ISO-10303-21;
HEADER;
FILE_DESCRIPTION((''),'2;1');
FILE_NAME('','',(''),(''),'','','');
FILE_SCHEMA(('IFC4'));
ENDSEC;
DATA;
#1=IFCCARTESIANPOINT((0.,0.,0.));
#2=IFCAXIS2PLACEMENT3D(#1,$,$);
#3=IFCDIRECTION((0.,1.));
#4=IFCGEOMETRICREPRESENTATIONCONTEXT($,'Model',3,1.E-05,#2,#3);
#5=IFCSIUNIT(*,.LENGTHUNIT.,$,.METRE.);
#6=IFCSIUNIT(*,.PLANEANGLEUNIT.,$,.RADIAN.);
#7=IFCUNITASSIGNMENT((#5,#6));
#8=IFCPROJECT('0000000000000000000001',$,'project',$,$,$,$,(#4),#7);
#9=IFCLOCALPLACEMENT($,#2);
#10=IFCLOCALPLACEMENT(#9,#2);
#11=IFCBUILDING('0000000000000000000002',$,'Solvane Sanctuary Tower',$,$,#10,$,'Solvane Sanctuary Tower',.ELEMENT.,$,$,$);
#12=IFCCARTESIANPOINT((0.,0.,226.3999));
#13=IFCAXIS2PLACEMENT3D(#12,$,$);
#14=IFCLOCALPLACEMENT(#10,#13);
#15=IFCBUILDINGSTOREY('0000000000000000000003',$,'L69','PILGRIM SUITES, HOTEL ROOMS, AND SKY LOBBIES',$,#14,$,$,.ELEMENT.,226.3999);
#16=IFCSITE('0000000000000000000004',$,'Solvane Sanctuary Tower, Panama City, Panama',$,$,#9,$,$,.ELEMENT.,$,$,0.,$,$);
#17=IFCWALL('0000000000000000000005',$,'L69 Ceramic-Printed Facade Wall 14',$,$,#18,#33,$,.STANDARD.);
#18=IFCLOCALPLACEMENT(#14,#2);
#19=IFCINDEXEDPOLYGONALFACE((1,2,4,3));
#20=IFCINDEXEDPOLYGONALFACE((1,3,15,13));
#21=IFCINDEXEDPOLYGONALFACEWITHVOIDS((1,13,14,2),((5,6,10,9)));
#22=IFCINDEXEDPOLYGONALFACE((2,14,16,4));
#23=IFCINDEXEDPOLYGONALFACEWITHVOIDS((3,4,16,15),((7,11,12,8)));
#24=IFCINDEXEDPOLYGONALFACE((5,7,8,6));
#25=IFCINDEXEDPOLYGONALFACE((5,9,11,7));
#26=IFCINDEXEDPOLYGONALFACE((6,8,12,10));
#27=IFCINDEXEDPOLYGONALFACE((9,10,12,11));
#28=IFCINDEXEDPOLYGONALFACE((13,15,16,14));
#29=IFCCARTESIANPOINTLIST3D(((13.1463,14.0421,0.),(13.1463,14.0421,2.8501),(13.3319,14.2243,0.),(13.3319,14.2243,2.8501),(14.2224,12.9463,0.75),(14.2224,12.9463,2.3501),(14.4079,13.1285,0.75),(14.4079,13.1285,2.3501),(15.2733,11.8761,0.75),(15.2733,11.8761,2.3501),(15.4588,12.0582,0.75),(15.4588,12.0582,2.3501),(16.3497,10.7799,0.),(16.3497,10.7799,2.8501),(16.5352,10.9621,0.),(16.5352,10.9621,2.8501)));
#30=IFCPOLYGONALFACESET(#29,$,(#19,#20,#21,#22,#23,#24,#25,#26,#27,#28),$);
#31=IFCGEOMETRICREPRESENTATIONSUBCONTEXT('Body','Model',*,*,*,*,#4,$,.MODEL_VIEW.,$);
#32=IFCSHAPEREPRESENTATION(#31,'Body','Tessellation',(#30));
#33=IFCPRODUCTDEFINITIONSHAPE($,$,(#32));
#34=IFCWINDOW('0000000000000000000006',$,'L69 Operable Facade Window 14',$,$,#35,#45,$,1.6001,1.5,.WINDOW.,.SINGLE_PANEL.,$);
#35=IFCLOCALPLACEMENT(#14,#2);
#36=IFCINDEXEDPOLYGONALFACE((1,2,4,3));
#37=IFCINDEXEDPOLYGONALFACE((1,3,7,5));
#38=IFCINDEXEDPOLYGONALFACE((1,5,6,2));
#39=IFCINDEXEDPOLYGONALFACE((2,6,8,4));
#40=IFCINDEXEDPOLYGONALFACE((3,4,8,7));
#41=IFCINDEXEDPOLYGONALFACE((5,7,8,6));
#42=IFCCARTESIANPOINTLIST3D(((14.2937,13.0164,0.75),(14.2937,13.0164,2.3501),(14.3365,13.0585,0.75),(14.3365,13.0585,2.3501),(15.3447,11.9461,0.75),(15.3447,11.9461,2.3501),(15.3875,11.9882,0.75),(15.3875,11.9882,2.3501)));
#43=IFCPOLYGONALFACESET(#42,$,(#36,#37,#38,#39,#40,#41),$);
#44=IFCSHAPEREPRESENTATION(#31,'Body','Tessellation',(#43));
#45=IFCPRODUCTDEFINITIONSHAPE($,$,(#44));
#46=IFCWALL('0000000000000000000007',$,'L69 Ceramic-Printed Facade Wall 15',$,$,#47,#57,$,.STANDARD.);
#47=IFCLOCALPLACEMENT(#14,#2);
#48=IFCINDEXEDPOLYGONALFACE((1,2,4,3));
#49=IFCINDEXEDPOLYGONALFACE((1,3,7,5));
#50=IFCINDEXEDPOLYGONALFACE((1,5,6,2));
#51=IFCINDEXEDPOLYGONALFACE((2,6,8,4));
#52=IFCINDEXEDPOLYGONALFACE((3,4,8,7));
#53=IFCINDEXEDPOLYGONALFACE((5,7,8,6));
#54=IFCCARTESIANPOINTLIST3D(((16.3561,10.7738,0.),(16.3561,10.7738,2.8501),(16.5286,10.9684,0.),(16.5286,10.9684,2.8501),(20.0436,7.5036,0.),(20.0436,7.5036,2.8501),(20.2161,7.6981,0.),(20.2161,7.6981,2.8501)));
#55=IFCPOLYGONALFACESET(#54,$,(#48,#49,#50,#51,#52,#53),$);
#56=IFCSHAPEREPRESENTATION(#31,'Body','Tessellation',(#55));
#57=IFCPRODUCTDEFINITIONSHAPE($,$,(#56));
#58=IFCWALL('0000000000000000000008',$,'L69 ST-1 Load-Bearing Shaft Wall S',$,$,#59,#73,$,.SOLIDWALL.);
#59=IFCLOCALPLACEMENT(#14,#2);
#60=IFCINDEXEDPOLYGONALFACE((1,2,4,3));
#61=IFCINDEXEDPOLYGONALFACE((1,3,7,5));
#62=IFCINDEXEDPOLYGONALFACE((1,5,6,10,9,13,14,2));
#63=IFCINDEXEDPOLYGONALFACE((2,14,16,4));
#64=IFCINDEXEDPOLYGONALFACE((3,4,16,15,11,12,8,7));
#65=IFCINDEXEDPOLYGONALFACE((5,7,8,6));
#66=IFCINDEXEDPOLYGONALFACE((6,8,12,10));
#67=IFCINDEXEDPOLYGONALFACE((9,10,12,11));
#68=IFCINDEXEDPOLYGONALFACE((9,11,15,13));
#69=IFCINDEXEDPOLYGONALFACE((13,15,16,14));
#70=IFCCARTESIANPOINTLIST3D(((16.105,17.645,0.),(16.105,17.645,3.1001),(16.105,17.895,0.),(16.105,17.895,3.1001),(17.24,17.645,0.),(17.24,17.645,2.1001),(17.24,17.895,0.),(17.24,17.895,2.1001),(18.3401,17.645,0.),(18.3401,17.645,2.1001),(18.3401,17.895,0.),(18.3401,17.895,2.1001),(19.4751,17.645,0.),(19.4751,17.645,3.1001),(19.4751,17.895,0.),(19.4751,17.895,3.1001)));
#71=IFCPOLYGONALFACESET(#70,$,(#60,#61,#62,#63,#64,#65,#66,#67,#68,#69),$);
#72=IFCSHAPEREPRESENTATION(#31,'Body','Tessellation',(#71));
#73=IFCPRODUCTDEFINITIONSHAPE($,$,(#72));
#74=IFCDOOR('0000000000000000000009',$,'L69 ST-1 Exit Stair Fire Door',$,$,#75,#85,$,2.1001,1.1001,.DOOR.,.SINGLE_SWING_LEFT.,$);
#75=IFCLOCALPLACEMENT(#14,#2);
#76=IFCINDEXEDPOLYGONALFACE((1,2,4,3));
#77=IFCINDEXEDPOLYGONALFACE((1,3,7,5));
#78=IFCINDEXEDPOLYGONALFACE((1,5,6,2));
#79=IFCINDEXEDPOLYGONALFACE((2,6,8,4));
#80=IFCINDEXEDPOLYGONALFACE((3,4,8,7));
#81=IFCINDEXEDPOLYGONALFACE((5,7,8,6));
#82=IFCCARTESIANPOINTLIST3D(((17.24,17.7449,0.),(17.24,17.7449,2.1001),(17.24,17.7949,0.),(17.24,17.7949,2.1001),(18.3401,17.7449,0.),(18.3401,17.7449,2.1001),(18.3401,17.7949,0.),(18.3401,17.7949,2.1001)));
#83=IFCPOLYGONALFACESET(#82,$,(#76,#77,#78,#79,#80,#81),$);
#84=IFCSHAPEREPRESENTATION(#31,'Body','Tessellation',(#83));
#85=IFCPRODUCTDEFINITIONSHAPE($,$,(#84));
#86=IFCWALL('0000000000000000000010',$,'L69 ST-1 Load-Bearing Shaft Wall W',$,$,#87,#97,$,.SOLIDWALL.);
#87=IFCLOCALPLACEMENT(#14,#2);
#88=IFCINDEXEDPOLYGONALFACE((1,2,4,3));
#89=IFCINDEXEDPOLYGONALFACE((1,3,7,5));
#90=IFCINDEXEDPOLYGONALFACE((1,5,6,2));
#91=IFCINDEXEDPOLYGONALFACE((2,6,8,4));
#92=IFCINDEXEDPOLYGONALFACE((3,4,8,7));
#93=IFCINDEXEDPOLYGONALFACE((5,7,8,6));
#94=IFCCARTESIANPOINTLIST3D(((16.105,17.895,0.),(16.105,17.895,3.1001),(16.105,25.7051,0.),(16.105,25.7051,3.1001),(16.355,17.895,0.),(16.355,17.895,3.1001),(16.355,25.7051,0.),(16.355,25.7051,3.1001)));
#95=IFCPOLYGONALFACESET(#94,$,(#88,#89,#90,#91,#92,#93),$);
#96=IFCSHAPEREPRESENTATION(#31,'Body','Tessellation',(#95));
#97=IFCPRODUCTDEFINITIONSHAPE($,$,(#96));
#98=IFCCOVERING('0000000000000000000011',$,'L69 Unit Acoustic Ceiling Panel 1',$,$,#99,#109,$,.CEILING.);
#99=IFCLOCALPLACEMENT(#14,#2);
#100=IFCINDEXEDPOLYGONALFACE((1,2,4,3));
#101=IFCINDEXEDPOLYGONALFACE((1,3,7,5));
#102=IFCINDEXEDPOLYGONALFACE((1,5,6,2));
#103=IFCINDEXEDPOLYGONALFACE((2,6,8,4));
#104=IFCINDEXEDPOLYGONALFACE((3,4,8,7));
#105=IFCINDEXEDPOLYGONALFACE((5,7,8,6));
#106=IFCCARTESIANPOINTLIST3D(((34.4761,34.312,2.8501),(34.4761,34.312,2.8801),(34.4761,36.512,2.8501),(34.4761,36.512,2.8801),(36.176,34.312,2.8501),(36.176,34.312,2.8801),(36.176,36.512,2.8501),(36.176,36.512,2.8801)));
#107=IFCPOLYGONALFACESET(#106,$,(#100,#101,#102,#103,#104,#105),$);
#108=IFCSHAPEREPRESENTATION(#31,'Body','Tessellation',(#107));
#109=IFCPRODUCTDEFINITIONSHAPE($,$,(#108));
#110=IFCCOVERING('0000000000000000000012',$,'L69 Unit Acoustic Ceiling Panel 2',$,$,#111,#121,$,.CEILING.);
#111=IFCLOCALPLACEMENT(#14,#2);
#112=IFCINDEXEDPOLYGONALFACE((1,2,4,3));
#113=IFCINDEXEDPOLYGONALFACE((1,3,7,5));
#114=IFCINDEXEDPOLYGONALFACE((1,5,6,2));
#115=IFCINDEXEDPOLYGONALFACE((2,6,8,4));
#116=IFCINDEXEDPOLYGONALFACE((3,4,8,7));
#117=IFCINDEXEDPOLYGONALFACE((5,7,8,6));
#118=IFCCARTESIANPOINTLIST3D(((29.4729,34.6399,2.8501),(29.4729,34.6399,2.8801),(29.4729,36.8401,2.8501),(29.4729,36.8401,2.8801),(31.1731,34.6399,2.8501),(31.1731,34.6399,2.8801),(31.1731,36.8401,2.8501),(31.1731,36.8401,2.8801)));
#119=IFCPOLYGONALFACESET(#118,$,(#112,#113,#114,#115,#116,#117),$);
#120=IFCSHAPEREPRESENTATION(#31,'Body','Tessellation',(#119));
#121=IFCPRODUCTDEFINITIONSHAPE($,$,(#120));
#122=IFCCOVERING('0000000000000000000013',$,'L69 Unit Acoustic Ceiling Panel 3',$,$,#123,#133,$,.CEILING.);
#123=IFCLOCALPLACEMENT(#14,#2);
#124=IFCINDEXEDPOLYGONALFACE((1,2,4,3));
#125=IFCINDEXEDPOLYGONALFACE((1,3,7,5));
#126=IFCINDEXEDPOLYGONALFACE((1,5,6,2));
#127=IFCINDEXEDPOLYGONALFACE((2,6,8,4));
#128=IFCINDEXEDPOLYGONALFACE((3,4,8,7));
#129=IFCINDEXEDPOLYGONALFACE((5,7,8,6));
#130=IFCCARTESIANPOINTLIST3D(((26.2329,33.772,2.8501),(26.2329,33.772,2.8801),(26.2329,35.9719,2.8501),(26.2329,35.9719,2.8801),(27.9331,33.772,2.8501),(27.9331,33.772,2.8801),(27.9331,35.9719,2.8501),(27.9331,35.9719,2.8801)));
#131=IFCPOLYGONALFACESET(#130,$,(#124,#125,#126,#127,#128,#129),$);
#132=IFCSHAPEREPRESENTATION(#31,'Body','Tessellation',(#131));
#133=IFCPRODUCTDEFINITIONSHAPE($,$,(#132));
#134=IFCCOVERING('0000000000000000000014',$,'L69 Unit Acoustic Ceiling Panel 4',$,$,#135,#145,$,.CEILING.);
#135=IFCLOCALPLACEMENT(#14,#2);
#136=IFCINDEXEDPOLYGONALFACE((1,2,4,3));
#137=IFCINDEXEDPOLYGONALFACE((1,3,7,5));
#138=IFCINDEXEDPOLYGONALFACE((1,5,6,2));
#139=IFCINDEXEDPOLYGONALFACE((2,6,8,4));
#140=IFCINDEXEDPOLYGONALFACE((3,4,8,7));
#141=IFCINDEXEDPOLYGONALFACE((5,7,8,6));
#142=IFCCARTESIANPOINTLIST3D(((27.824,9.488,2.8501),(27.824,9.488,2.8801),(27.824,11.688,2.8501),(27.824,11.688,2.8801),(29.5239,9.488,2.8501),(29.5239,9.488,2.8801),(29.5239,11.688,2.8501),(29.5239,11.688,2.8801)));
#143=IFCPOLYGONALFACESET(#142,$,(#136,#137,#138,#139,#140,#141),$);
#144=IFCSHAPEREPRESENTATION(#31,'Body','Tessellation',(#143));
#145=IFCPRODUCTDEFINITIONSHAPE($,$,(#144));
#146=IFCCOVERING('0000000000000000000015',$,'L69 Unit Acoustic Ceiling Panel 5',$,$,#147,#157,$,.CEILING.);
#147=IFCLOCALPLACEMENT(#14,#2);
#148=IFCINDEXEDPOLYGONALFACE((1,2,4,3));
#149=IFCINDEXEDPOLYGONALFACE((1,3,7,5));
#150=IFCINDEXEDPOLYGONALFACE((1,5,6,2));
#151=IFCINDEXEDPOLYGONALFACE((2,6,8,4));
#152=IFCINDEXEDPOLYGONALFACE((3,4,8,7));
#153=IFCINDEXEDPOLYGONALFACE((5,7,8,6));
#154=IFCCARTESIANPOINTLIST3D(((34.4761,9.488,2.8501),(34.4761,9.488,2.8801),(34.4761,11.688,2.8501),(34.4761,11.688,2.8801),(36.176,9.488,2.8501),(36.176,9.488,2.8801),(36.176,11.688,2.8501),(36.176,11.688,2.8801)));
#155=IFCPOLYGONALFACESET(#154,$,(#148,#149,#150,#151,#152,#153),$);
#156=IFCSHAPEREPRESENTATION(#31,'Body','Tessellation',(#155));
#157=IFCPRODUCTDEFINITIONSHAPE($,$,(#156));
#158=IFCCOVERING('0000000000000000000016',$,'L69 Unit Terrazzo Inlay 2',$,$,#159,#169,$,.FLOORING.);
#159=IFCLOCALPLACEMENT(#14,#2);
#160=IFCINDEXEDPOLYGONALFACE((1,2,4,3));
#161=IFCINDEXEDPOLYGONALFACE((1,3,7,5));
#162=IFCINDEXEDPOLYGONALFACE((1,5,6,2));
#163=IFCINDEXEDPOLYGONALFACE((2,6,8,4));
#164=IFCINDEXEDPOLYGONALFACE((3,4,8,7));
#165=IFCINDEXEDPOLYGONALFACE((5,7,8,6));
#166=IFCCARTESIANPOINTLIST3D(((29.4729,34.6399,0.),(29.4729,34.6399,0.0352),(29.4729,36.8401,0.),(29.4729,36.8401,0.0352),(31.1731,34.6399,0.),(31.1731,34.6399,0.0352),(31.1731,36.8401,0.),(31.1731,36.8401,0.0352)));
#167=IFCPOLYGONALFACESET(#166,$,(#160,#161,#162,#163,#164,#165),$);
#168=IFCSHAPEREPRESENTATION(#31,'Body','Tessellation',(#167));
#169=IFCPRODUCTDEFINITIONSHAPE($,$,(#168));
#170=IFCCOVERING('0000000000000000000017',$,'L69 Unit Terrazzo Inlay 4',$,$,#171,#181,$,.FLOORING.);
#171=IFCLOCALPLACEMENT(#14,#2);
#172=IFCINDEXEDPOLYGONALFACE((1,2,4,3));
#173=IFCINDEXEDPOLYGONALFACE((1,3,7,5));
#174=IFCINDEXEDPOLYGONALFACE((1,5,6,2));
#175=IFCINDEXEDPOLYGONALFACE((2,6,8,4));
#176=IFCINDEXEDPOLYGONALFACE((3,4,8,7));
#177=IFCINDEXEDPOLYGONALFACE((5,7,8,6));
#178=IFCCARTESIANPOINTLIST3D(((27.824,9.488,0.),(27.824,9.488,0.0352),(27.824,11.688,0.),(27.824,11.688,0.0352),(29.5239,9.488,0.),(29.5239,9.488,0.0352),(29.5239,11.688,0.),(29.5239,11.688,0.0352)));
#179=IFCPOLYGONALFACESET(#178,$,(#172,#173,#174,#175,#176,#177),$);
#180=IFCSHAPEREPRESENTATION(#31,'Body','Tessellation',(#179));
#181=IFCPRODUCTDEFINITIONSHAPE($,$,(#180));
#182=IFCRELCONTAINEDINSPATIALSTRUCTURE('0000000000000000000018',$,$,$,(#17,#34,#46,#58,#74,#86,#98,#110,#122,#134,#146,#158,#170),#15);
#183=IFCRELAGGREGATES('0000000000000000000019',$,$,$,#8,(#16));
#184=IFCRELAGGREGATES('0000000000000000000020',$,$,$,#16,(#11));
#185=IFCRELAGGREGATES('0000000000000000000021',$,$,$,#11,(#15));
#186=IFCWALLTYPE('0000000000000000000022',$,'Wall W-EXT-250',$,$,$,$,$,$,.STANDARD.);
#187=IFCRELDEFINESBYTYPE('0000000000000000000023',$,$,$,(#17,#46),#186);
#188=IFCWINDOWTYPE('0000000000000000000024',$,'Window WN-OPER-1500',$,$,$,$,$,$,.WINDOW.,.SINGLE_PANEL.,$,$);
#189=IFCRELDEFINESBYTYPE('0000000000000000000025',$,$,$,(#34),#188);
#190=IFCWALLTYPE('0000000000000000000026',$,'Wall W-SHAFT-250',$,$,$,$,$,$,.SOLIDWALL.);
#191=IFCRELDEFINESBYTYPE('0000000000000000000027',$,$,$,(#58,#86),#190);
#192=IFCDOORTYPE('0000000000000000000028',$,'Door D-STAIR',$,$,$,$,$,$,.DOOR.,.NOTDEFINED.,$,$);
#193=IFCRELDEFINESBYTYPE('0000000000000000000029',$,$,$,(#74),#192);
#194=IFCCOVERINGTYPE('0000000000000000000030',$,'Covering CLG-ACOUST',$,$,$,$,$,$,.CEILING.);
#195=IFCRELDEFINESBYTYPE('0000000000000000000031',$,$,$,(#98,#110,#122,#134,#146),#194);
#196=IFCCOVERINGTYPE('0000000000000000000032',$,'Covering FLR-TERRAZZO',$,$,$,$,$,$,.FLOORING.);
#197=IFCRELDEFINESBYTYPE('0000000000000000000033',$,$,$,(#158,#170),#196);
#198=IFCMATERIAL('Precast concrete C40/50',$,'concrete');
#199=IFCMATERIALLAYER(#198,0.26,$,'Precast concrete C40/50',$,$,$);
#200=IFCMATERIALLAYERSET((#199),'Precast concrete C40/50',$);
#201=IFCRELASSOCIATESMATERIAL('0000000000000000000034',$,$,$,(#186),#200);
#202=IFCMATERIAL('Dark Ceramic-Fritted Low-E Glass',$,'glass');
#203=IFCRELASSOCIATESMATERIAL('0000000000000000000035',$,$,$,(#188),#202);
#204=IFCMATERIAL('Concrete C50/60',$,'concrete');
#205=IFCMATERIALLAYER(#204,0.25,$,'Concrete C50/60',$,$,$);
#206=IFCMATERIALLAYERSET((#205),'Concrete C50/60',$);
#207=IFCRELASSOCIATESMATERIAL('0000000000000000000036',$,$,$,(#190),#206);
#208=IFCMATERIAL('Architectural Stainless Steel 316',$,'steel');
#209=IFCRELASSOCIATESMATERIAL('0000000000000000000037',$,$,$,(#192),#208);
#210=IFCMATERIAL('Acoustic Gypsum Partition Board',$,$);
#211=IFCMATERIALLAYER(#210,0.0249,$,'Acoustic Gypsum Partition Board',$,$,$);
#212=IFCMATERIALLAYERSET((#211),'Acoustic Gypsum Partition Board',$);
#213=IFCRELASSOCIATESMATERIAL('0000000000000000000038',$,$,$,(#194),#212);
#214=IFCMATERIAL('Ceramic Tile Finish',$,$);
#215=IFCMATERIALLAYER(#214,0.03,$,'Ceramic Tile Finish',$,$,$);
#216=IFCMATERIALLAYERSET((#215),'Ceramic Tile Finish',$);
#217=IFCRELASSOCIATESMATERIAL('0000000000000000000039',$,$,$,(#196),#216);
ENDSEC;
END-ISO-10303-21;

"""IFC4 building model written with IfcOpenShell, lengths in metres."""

from ifc_helpers import new_model, si_unit, direction, frame, frame_2d, origin, place, context, subcontext, project, spatial, polyline, rectangle, outline, extrude, material, layer, layer_set, type_object, element, fill, save


model = new_model("IFC4")

# Units and contexts
model_context = context("Model", 3, precision=1e-05, world=origin(), true_north=direction((0.0, 1.0)))
body_context = subcontext(model_context, "Body", "Model", "MODEL_VIEW")
ifc_project = project(units=[si_unit("LENGTHUNIT", "METRE"), si_unit("PLANEANGLEUNIT", "RADIAN")], contexts=[model_context])

# Site, building, storey
site_placement = place(None, origin())
site = spatial("IfcSite", under=ifc_project, at=site_placement, Name="Solvane Sanctuary Tower, Panama City, Panama", CompositionType="ELEMENT", RefElevation=0.0)
building_placement = place(site_placement, origin())
building = spatial("IfcBuilding", under=site, at=building_placement, Name="Solvane Sanctuary Tower", LongName="Solvane Sanctuary Tower", CompositionType="ELEMENT")
storey_placement = place(building_placement, frame((0.0, 0.0, 226.3999)))
storey = spatial("IfcBuildingStorey", under=building, at=storey_placement, Name="L69", Description="PILGRIM SUITES, HOTEL ROOMS, AND SKY LOBBIES", CompositionType="ELEMENT", Elevation=226.3999)

# Shared definitions
ifc_material_1 = material(Name="Concrete C50/60", Category="concrete")

# Shared definitions
ifc_material_2 = material(Name="Acoustic Gypsum Partition Board")

# Wall, opening, window
ifc_material_3 = material(Name="Precast concrete C40/50", Category="concrete")
ifc_layer_1 = layer(ifc_material_3, 0.26, Name="Precast concrete C40/50")
ifc_layer_set_1 = layer_set([ifc_layer_1], Name="Precast concrete C40/50")
wall_type_1 = type_object("IfcWallType", Name="Wall W-EXT-250", PredefinedType="STANDARD", material=ifc_layer_set_1)
ifc_material_4 = material(Name="Dark Ceramic-Fritted Low-E Glass", Category="glass")
window_type = type_object("IfcWindowType", Name="Window WN-OPER-1500", PartitioningType="SINGLE_PANEL", PredefinedType="WINDOW", material=ifc_material_4)
wall_1_placement = place(storey_placement, frame((13.239, 14.1333, 0.0), z_axis=(0.0, 0.0, 1.0), x_axis=(0.700643, -0.713512, 0.0)))
wall_1 = element("IfcWall", 1, at=wall_1_placement, inside=storey, type_object=wall_type_1, Name="L69 Ceramic-Printed Facade Wall 14", PredefinedType="STANDARD", context=body_context, shape_type="SweptSolid", body=[
    extrude(rectangle(XDim=4.572, YDim=0.26, at=frame_2d((2.2861, 0.0))), origin(), (0.0, 0.0, 1.0), 2.8501),
])
opening_1_placement = place(wall_1_placement, frame((1.5359, 0.0, 0.75)))
opening_1 = element("IfcOpeningElement", 2, at=opening_1_placement, cuts=wall_1, PredefinedType="OPENING", context=body_context, shape_type="SweptSolid", body=[
    extrude(rectangle(XDim=1.5, YDim=1.6001, at=frame_2d((0.75, 0.8))), frame((0.0, 0.1399, 0.0), z_axis=(0.0, -1.0, 0.0), x_axis=(1.0, 0.0, 0.0)), (0.0, 0.0, 1.0), 0.28),
])
window_1_placement = place(opening_1_placement, origin())
window_1 = element("IfcWindow", 3, at=window_1_placement, inside=storey, type_object=window_type, Name="L69 Operable Facade Window 14", OverallHeight=1.6001, OverallWidth=1.5, PartitioningType="SINGLE_PANEL", PredefinedType="WINDOW", context=body_context, shape_type="SweptSolid", body=[
    extrude(rectangle(XDim=1.5, YDim=1.6001, at=frame_2d((0.75, 0.8))), frame((0.0, 0.03, 0.0), z_axis=(0.0, -1.0, 0.0), x_axis=(1.0, 0.0, 0.0)), (0.0, 0.0, 1.0), 0.0601),
])
fill(opening_1, window_1)

# Wall
wall_2_placement = place(storey_placement, frame((16.4424, 10.8711, 0.0), z_axis=(0.0, 0.0, 1.0), x_axis=(0.748166, -0.663512, 0.0)))
element("IfcWall", 4, at=wall_2_placement, inside=storey, type_object=wall_type_1, Name="L69 Ceramic-Printed Facade Wall 15", PredefinedType="STANDARD", context=body_context, shape_type="SweptSolid", body=[
    extrude(rectangle(XDim=4.9287, YDim=0.26, at=frame_2d((2.4644, 0.0))), origin(), (0.0, 0.0, 1.0), 2.8501),
])

# Wall, opening, door
ifc_layer_2 = layer(ifc_material_1, 0.25, Name="Concrete C50/60")
ifc_layer_set_2 = layer_set([ifc_layer_2], Name="Concrete C50/60")
wall_type_2 = type_object("IfcWallType", Name="Wall W-SHAFT-250", PredefinedType="SOLIDWALL", material=ifc_layer_set_2)
wall_3_placement = place(storey_placement, frame((16.105, 17.77, 0.0), z_axis=(0.0, 0.0, 1.0), x_axis=(1.0, 0.0, 0.0)))
wall_3 = element("IfcWall", 5, at=wall_3_placement, inside=storey, type_object=wall_type_2, Name="L69 ST-1 Load-Bearing Shaft Wall S", PredefinedType="SOLIDWALL", context=body_context, shape_type="SweptSolid", body=[
    extrude(rectangle(XDim=3.3701, YDim=0.25, at=frame_2d((1.6851, 0.0))), origin(), (0.0, 0.0, 1.0), 3.1001),
])
opening_2_placement = place(wall_3_placement, frame((1.135, 0.0, 0.0)))
opening_2 = element("IfcOpeningElement", 6, at=opening_2_placement, cuts=wall_3, PredefinedType="OPENING", context=body_context, shape_type="SweptSolid", body=[
    extrude(rectangle(XDim=1.1001, YDim=2.1001, at=frame_2d((0.55, 1.05))), frame((0.0, 0.135, 0.0), z_axis=(0.0, -1.0, 0.0), x_axis=(1.0, 0.0, 0.0)), (0.0, 0.0, 1.0), 0.27),
])
ifc_material_5 = material(Name="Architectural Stainless Steel 316", Category="steel")
door_type_1 = type_object("IfcDoorType", Name="Door D-STAIR", OperationType="NOTDEFINED", PredefinedType="DOOR", material=ifc_material_5)
door_1_placement = place(opening_2_placement, origin())
door_1 = element("IfcDoor", 7, at=door_1_placement, inside=storey, type_object=door_type_1, Name="L69 ST-1 Exit Stair Fire Door", OperationType="SINGLE_SWING_LEFT", OverallHeight=2.1001, OverallWidth=1.1001, PredefinedType="DOOR", context=body_context, shape_type="SweptSolid", body=[
    extrude(rectangle(XDim=1.1001, YDim=2.1001, at=frame_2d((0.55, 1.05))), frame((0.0, 0.0249, 0.0), z_axis=(0.0, -1.0, 0.0), x_axis=(1.0, 0.0, 0.0)), (0.0, 0.0, 1.0), 0.05),
])
fill(opening_2, door_1)

# Wall
wall_4_placement = place(storey_placement, frame((16.23, 17.895, 0.0), z_axis=(0.0, 0.0, 1.0), x_axis=(0.0, 1.0, 0.0)))
element("IfcWall", 8, at=wall_4_placement, inside=storey, type_object=wall_type_2, Name="L69 ST-1 Load-Bearing Shaft Wall W", PredefinedType="SOLIDWALL", context=body_context, shape_type="SweptSolid", body=[
    extrude(rectangle(XDim=7.8101, YDim=0.25, at=frame_2d((3.905, 0.0))), origin(), (0.0, 0.0, 1.0), 3.1001),
])

# Coverings
ifc_layer_3 = layer(ifc_material_2, 0.0249, Name="Acoustic Gypsum Partition Board")
ifc_layer_set_3 = layer_set([ifc_layer_3], Name="Acoustic Gypsum Partition Board")
covering_type_1 = type_object("IfcCoveringType", Name="Covering CLG-ACOUST", PredefinedType="CEILING", material=ifc_layer_set_3)
covering_1_placement = place(storey_placement, frame((0.0, 0.0, 2.8501)))
element("IfcCovering", 9, at=covering_1_placement, inside=storey, type_object=covering_type_1, Name="L69 Unit Acoustic Ceiling Panel 1", PredefinedType="CEILING", context=body_context, shape_type="SweptSolid", body=[
    extrude(outline(polyline([(34.4761, 34.312), (36.176, 34.312), (36.176, 36.512), (34.4761, 36.512), (34.4761, 34.312)])), origin(), (0.0, 0.0, 1.0), 0.03),
])
covering_2_placement = place(storey_placement, frame((0.0, 0.0, 2.8501)))
element("IfcCovering", 10, at=covering_2_placement, inside=storey, type_object=covering_type_1, Name="L69 Unit Acoustic Ceiling Panel 2", PredefinedType="CEILING", context=body_context, shape_type="SweptSolid", body=[
    extrude(outline(polyline([(29.4729, 34.6399), (31.1731, 34.6399), (31.1731, 36.8401), (29.4729, 36.8401), (29.4729, 34.6399)])), origin(), (0.0, 0.0, 1.0), 0.03),
])
covering_3_placement = place(storey_placement, frame((0.0, 0.0, 2.8501)))
element("IfcCovering", 11, at=covering_3_placement, inside=storey, type_object=covering_type_1, Name="L69 Unit Acoustic Ceiling Panel 3", PredefinedType="CEILING", context=body_context, shape_type="SweptSolid", body=[
    extrude(outline(polyline([(26.2329, 33.772), (27.9331, 33.772), (27.9331, 35.9719), (26.2329, 35.9719), (26.2329, 33.772)])), origin(), (0.0, 0.0, 1.0), 0.03),
])
covering_4_placement = place(storey_placement, frame((0.0, 0.0, 2.8501)))
element("IfcCovering", 12, at=covering_4_placement, inside=storey, type_object=covering_type_1, Name="L69 Unit Acoustic Ceiling Panel 4", PredefinedType="CEILING", context=body_context, shape_type="SweptSolid", body=[
    extrude(outline(polyline([(27.824, 9.488), (29.5239, 9.488), (29.5239, 11.688), (27.824, 11.688), (27.824, 9.488)])), origin(), (0.0, 0.0, 1.0), 0.03),
])
covering_5_placement = place(storey_placement, frame((0.0, 0.0, 2.8501)))
element("IfcCovering", 13, at=covering_5_placement, inside=storey, type_object=covering_type_1, Name="L69 Unit Acoustic Ceiling Panel 5", PredefinedType="CEILING", context=body_context, shape_type="SweptSolid", body=[
    extrude(outline(polyline([(34.4761, 9.488), (36.176, 9.488), (36.176, 11.688), (34.4761, 11.688), (34.4761, 9.488)])), origin(), (0.0, 0.0, 1.0), 0.03),
])
ifc_material_6 = material(Name="Ceramic Tile Finish")
ifc_layer_4 = layer(ifc_material_6, 0.03, Name="Ceramic Tile Finish")
ifc_layer_set_4 = layer_set([ifc_layer_4], Name="Ceramic Tile Finish")
covering_type_2 = type_object("IfcCoveringType", Name="Covering FLR-TERRAZZO", PredefinedType="FLOORING", material=ifc_layer_set_4)
covering_6_placement = place(storey_placement, origin())
element("IfcCovering", 14, at=covering_6_placement, inside=storey, type_object=covering_type_2, Name="L69 Unit Terrazzo Inlay 2", PredefinedType="FLOORING", context=body_context, shape_type="SweptSolid", body=[
    extrude(outline(polyline([(29.4729, 34.6399), (31.1731, 34.6399), (31.1731, 36.8401), (29.4729, 36.8401), (29.4729, 34.6399)])), origin(), (0.0, 0.0, 1.0), 0.0352),
])
covering_7_placement = place(storey_placement, origin())
element("IfcCovering", 15, at=covering_7_placement, inside=storey, type_object=covering_type_2, Name="L69 Unit Terrazzo Inlay 4", PredefinedType="FLOORING", context=body_context, shape_type="SweptSolid", body=[
    extrude(outline(polyline([(27.824, 9.488), (29.5239, 9.488), (29.5239, 11.688), (27.824, 11.688), (27.824, 9.488)])), origin(), (0.0, 0.0, 1.0), 0.0352),
])

save(model, "model.ifc")
